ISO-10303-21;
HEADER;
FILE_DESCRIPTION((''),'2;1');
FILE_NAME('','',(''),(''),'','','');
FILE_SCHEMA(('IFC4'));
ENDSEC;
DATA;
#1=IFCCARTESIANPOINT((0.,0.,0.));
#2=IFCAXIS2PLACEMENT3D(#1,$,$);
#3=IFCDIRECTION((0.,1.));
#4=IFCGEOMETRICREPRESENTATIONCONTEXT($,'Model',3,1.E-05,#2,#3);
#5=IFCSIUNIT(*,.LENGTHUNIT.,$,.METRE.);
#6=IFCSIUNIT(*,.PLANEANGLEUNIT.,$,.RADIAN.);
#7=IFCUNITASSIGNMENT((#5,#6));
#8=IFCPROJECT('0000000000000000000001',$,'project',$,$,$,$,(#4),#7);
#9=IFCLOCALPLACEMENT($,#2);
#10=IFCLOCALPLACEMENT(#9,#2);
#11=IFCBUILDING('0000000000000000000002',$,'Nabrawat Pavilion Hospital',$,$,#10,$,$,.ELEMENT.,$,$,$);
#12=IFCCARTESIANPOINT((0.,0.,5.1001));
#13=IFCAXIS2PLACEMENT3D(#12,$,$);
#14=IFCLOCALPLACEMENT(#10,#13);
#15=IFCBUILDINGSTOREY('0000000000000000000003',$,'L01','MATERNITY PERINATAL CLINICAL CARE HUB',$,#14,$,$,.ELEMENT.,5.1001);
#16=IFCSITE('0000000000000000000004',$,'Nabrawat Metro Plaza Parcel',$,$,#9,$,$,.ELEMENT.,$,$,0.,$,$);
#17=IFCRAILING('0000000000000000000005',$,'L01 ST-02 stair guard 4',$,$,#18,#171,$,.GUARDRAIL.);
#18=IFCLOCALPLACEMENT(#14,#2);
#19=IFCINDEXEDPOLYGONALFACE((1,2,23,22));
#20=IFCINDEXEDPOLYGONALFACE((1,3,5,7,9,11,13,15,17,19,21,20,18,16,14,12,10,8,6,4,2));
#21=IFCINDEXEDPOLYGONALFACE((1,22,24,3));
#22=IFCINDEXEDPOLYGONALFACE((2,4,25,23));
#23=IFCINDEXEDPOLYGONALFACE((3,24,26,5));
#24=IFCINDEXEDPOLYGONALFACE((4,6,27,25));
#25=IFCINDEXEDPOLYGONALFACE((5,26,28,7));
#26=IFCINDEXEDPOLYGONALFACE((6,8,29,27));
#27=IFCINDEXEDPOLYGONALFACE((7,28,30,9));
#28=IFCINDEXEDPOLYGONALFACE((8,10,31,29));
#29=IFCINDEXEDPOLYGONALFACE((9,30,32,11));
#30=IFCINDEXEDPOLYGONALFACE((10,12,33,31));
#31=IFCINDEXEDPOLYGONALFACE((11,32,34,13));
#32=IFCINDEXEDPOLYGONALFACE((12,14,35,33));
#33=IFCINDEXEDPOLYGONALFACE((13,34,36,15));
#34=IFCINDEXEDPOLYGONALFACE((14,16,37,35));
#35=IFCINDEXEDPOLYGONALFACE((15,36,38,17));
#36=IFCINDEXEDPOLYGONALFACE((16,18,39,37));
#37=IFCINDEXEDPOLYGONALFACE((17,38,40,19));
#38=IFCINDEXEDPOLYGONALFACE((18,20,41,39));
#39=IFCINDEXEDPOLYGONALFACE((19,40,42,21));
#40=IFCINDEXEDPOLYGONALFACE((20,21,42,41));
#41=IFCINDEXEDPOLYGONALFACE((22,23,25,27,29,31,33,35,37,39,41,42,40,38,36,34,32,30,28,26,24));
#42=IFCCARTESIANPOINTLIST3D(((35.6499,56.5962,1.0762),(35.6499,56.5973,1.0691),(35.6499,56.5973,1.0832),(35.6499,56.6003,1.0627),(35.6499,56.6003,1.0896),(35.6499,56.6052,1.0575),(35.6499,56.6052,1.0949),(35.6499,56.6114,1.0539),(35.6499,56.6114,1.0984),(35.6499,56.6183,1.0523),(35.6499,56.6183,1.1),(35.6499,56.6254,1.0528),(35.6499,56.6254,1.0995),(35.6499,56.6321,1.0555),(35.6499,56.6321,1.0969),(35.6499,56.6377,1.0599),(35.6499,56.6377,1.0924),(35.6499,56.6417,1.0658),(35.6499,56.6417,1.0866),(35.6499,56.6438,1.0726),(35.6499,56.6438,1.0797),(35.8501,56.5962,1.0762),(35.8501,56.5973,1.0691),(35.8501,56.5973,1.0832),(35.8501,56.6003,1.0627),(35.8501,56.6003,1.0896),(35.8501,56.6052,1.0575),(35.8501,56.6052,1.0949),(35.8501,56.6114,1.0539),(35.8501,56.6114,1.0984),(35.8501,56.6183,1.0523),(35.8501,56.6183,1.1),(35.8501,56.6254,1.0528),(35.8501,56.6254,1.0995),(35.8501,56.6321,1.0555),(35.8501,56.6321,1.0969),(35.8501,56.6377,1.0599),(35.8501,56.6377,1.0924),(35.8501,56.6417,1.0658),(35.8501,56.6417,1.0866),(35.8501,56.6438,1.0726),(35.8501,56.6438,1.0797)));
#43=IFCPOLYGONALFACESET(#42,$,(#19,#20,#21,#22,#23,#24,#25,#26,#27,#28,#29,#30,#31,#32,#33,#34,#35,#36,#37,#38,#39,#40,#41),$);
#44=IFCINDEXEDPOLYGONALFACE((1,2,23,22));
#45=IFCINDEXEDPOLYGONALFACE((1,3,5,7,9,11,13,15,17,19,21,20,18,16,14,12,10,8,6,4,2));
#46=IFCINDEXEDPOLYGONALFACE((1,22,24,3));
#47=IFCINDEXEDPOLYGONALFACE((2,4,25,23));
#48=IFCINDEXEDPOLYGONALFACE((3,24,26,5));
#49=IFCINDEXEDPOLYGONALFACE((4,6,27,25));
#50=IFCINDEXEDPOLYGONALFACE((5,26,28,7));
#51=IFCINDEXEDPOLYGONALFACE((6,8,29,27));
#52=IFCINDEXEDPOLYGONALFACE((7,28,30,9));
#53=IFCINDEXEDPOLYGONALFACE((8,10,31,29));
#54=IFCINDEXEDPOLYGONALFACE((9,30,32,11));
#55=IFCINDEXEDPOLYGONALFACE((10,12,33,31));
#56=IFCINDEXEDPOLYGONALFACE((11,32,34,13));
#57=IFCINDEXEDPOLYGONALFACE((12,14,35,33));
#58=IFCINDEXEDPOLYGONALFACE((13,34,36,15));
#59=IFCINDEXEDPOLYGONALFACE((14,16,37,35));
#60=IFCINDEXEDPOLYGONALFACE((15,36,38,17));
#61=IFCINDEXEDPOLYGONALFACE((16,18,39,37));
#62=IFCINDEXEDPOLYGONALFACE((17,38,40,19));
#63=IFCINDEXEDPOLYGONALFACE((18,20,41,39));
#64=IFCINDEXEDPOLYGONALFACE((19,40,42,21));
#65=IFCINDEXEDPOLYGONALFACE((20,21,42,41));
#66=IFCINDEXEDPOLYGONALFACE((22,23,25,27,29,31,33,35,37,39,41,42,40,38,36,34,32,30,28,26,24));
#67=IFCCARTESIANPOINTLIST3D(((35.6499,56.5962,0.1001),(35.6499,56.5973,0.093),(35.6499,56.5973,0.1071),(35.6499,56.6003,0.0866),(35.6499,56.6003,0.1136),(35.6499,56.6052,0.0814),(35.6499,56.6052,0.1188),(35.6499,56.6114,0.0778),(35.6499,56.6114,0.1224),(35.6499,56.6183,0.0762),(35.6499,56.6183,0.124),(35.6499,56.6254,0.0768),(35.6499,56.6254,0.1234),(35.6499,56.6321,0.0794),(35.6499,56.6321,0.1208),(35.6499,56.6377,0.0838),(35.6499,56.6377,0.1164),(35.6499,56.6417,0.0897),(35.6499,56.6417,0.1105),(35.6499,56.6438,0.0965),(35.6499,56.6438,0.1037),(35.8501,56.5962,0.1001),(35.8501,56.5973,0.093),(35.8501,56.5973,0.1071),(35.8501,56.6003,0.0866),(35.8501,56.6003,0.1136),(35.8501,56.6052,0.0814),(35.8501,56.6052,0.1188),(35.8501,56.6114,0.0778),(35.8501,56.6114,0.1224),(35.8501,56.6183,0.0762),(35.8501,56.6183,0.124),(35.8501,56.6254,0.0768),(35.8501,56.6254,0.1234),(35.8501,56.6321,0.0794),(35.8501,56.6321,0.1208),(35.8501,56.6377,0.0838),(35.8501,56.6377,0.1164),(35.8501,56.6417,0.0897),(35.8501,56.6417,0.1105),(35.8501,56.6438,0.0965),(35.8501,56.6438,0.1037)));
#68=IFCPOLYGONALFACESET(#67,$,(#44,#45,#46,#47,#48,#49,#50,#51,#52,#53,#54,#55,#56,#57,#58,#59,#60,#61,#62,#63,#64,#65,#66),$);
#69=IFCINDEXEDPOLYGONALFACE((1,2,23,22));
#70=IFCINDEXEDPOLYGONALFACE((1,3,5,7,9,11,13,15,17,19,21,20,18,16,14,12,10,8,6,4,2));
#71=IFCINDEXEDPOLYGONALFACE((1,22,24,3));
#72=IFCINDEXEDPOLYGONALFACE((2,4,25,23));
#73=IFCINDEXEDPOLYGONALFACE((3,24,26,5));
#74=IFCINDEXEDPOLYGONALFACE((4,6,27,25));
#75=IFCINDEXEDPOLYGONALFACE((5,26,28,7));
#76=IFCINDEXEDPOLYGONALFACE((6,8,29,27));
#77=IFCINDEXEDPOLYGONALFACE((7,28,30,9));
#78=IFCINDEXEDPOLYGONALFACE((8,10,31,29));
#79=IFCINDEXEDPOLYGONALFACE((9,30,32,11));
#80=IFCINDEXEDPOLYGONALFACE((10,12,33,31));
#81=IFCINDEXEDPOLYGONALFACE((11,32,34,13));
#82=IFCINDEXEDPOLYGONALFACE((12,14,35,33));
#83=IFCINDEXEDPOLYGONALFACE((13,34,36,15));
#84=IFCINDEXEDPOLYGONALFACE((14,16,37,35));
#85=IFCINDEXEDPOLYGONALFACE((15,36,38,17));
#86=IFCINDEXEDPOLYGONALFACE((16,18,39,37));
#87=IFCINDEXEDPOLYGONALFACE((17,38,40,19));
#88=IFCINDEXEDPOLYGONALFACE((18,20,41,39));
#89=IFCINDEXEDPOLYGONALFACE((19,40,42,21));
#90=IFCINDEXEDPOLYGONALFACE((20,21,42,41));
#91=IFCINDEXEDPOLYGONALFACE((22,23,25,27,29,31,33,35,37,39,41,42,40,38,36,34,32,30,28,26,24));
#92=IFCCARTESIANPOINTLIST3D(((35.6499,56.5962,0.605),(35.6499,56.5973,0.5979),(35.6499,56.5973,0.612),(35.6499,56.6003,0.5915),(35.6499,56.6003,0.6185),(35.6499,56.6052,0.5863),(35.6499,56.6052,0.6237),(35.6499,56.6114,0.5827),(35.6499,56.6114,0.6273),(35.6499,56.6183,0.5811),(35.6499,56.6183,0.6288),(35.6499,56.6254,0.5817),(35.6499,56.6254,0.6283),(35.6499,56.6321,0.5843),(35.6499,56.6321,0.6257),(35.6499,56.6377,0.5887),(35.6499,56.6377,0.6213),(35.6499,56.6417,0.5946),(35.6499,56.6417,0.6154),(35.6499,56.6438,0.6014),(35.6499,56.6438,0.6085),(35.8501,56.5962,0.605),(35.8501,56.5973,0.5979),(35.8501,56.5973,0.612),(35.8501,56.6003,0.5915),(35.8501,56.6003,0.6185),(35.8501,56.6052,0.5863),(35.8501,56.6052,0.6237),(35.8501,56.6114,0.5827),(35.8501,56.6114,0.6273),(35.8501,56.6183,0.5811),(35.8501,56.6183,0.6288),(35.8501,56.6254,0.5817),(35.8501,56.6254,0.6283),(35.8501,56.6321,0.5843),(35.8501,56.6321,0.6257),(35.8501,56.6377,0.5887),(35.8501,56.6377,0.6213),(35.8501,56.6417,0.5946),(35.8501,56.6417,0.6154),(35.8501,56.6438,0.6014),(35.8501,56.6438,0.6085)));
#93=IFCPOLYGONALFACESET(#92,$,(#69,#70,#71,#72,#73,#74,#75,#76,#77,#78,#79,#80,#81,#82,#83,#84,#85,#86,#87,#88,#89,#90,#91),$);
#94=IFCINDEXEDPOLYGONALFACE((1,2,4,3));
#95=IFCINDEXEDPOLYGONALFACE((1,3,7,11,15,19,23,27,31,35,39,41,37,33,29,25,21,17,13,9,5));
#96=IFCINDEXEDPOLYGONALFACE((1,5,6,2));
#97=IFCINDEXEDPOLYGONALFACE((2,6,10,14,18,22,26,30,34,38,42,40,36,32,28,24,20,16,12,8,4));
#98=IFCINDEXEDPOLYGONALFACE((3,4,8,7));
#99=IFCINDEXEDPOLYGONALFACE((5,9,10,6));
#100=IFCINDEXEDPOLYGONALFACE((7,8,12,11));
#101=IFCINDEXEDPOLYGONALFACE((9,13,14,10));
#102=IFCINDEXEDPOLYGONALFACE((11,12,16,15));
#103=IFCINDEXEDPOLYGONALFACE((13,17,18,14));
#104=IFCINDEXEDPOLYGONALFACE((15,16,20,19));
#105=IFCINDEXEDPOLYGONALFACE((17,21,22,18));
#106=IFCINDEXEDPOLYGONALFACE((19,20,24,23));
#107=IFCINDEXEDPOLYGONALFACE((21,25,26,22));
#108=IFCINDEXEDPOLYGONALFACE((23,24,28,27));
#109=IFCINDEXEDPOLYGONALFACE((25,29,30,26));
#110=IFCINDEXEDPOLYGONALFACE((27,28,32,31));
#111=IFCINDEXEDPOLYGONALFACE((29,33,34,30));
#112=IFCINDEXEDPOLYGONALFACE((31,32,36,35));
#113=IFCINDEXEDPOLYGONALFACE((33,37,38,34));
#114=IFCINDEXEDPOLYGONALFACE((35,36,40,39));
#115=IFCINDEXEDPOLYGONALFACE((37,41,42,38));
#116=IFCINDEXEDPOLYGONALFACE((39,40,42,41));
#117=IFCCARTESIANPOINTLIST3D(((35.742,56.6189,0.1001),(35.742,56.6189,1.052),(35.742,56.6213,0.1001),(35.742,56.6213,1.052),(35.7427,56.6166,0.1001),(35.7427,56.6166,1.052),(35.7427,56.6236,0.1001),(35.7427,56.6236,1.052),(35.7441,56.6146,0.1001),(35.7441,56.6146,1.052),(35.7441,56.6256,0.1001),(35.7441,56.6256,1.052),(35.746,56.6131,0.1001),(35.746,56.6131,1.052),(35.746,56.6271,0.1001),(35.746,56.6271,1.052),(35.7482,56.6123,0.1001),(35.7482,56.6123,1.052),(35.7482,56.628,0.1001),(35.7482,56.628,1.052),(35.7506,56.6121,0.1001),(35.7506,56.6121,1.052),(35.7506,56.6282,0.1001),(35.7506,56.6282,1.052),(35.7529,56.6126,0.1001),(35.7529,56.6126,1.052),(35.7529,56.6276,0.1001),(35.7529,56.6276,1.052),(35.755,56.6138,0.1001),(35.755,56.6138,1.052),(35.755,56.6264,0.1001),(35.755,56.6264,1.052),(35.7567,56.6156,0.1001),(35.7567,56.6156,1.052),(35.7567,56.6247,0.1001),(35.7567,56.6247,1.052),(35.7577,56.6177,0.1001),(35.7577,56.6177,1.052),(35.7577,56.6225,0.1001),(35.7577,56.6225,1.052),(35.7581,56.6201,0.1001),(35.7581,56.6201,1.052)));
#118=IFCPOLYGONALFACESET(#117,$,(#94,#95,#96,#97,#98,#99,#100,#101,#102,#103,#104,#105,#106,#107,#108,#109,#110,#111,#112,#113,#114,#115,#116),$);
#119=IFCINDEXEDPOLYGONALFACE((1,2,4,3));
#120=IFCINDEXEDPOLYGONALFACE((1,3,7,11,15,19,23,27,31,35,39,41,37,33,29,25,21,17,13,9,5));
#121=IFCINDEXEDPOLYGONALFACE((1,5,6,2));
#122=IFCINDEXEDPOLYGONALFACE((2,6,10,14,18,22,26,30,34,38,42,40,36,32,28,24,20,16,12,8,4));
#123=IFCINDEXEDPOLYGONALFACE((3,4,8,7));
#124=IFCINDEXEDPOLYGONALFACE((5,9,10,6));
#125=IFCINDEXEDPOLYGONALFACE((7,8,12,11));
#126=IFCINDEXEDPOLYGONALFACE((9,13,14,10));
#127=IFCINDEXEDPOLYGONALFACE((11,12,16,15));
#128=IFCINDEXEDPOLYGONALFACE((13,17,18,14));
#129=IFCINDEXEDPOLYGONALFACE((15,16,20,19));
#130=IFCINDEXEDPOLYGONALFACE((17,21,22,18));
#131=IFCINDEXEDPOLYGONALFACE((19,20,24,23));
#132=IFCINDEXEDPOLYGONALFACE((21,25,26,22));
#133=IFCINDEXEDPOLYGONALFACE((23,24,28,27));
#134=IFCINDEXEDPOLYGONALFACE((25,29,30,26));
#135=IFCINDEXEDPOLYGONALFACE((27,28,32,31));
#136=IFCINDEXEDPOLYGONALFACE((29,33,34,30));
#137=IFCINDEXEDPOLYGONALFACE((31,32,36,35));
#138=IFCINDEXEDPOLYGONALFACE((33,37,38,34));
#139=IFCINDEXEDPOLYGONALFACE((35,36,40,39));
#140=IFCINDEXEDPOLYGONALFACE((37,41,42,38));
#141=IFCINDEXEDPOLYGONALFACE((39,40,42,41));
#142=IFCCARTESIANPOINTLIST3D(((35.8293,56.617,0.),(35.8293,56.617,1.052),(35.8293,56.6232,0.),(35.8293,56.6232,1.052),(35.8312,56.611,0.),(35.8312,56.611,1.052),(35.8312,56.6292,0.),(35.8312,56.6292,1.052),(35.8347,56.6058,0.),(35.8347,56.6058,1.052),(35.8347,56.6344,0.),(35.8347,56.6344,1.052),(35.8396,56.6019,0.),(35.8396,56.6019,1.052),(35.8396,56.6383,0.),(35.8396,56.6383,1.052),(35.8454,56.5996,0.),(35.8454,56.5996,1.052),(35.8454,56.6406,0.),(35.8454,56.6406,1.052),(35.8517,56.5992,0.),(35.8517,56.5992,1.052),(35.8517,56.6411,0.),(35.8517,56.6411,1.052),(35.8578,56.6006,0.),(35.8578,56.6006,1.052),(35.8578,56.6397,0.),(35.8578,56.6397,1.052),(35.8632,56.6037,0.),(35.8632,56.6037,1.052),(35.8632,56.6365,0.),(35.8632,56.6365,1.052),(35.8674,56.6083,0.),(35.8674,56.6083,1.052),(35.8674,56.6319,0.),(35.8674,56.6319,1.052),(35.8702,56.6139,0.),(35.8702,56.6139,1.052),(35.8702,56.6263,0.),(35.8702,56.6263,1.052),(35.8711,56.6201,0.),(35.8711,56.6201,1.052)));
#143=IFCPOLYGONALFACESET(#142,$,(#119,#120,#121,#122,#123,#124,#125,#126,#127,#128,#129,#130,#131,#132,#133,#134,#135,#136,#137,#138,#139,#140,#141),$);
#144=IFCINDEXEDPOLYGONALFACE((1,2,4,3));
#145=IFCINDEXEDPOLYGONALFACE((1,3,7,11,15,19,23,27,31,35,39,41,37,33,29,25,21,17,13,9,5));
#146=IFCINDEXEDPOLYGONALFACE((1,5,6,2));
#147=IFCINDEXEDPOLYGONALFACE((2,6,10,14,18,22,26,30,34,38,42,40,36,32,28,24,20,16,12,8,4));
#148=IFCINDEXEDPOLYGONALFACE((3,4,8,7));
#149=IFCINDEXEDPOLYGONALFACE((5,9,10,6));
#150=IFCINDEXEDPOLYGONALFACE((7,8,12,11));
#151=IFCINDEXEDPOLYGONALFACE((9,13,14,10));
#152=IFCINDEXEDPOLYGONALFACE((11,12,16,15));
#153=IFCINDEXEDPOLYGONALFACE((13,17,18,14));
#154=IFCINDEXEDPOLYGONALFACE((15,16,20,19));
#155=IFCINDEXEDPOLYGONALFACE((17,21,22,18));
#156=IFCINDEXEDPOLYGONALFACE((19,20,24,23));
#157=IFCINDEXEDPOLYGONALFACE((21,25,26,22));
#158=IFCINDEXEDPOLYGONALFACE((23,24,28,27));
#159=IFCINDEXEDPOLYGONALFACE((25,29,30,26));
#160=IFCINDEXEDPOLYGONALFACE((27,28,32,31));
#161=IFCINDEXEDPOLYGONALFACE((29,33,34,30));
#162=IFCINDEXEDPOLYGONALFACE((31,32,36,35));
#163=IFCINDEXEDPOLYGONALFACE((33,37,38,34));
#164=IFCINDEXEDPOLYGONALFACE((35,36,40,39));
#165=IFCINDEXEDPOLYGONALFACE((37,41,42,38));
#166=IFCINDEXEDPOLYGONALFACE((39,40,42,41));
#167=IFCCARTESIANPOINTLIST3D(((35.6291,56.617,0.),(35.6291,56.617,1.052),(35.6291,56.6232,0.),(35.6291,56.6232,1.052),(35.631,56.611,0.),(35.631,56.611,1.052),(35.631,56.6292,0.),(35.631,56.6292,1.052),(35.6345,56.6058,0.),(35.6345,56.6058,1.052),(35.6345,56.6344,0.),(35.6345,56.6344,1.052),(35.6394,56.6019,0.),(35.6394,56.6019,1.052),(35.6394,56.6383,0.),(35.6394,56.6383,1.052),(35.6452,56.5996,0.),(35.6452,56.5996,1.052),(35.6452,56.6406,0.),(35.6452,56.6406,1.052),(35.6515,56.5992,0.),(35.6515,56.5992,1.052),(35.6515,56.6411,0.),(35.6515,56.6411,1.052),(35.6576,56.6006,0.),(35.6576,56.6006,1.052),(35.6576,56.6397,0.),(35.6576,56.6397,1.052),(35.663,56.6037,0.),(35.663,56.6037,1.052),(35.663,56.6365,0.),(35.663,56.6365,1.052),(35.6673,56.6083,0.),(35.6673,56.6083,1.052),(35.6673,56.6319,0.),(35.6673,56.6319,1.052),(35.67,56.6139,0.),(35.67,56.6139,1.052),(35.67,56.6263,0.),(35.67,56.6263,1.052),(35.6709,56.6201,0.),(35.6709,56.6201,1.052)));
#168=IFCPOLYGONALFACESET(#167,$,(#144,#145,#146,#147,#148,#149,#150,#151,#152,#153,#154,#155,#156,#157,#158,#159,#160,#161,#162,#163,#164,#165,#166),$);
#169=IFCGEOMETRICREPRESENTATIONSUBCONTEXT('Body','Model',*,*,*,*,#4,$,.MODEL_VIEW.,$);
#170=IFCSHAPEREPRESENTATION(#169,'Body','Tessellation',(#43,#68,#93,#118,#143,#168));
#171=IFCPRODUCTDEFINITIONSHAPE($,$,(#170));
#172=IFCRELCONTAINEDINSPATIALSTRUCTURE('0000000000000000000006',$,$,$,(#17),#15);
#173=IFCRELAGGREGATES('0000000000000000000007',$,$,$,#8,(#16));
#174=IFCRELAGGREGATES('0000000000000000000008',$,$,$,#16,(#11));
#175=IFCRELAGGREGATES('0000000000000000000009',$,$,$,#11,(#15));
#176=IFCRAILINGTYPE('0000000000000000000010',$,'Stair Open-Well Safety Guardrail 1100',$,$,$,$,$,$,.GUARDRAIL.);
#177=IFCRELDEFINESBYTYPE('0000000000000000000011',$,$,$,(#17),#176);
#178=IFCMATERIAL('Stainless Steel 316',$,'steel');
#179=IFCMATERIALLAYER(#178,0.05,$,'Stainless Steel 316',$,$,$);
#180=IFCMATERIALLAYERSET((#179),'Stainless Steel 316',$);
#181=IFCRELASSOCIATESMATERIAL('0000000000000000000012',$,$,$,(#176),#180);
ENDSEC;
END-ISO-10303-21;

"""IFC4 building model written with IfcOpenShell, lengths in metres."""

from ifc_helpers import new_model, si_unit, direction, frame, origin, origin_2d, place, context, subcontext, project, spatial, circle, extrude, material, layer, layer_set, type_object, element, save


model = new_model("IFC4")

# Units and contexts
model_context = context("Model", 3, precision=1e-05, world=origin(), true_north=direction((0.0, 1.0)))
body_context = subcontext(model_context, "Body", "Model", "MODEL_VIEW")
ifc_project = project(units=[si_unit("LENGTHUNIT", "METRE"), si_unit("PLANEANGLEUNIT", "RADIAN")], contexts=[model_context])

# Site, building, storey
site_placement = place(None, origin())
site = spatial("IfcSite", under=ifc_project, at=site_placement, Name="Nabrawat Metro Plaza Parcel", CompositionType="ELEMENT", RefElevation=0.0)
building_placement = place(site_placement, origin())
building = spatial("IfcBuilding", under=site, at=building_placement, Name="Nabrawat Pavilion Hospital", CompositionType="ELEMENT")
storey_placement = place(building_placement, frame((0.0, 0.0, 5.1001)))
storey = spatial("IfcBuildingStorey", under=building, at=storey_placement, Name="L01", Description="MATERNITY PERINATAL CLINICAL CARE HUB", CompositionType="ELEMENT", Elevation=5.1001)

# Railing
ifc_material_1 = material(Name="Stainless Steel 316", Category="steel")
ifc_layer_1 = layer(ifc_material_1, 0.05, Name="Stainless Steel 316")
ifc_layer_set_1 = layer_set([ifc_layer_1], Name="Stainless Steel 316")
railing_type_1 = type_object("IfcRailingType", Name="Stair Open-Well Safety Guardrail 1100", PredefinedType="GUARDRAIL", material=ifc_layer_set_1)
railing_1_placement = place(storey_placement, frame((35.8501, 56.6201, 0.0)))
element("IfcRailing", 1, at=railing_1_placement, inside=storey, type_object=railing_type_1, Name="L01 ST-02 stair guard 4", PredefinedType="GUARDRAIL", context=body_context, shape_type="SweptSolid", body=[
    extrude(circle(Radius=0.0239, at=origin_2d()), frame((0.0, 0.0, 1.0762), z_axis=(-1.0, 0.0, 0.0), x_axis=(0.0, -1.0, 0.0)), (0.0, 0.0, 1.0), 0.2002),
    extrude(circle(Radius=0.0239, at=origin_2d()), frame((0.0, 0.0, 0.1001), z_axis=(-1.0, 0.0, 0.0), x_axis=(0.0, -1.0, 0.0)), (0.0, 0.0, 1.0), 0.2002),
    extrude(circle(Radius=0.0239, at=origin_2d()), frame((0.0, 0.0, 0.605), z_axis=(-1.0, 0.0, 0.0), x_axis=(0.0, -1.0, 0.0)), (0.0, 0.0, 1.0), 0.2002),
    extrude(circle(Radius=0.0081, at=origin_2d()), frame((-0.1001, 0.0, 0.1001)), (0.0, 0.0, 1.0), 0.9519),
    extrude(circle(Radius=0.021, at=origin_2d()), origin(), (0.0, 0.0, 1.0), 1.052),
    extrude(circle(Radius=0.021, at=origin_2d()), frame((-0.2002, 0.0, 0.0)), (0.0, 0.0, 1.0), 1.052),
])

save(model, "model.ifc")
